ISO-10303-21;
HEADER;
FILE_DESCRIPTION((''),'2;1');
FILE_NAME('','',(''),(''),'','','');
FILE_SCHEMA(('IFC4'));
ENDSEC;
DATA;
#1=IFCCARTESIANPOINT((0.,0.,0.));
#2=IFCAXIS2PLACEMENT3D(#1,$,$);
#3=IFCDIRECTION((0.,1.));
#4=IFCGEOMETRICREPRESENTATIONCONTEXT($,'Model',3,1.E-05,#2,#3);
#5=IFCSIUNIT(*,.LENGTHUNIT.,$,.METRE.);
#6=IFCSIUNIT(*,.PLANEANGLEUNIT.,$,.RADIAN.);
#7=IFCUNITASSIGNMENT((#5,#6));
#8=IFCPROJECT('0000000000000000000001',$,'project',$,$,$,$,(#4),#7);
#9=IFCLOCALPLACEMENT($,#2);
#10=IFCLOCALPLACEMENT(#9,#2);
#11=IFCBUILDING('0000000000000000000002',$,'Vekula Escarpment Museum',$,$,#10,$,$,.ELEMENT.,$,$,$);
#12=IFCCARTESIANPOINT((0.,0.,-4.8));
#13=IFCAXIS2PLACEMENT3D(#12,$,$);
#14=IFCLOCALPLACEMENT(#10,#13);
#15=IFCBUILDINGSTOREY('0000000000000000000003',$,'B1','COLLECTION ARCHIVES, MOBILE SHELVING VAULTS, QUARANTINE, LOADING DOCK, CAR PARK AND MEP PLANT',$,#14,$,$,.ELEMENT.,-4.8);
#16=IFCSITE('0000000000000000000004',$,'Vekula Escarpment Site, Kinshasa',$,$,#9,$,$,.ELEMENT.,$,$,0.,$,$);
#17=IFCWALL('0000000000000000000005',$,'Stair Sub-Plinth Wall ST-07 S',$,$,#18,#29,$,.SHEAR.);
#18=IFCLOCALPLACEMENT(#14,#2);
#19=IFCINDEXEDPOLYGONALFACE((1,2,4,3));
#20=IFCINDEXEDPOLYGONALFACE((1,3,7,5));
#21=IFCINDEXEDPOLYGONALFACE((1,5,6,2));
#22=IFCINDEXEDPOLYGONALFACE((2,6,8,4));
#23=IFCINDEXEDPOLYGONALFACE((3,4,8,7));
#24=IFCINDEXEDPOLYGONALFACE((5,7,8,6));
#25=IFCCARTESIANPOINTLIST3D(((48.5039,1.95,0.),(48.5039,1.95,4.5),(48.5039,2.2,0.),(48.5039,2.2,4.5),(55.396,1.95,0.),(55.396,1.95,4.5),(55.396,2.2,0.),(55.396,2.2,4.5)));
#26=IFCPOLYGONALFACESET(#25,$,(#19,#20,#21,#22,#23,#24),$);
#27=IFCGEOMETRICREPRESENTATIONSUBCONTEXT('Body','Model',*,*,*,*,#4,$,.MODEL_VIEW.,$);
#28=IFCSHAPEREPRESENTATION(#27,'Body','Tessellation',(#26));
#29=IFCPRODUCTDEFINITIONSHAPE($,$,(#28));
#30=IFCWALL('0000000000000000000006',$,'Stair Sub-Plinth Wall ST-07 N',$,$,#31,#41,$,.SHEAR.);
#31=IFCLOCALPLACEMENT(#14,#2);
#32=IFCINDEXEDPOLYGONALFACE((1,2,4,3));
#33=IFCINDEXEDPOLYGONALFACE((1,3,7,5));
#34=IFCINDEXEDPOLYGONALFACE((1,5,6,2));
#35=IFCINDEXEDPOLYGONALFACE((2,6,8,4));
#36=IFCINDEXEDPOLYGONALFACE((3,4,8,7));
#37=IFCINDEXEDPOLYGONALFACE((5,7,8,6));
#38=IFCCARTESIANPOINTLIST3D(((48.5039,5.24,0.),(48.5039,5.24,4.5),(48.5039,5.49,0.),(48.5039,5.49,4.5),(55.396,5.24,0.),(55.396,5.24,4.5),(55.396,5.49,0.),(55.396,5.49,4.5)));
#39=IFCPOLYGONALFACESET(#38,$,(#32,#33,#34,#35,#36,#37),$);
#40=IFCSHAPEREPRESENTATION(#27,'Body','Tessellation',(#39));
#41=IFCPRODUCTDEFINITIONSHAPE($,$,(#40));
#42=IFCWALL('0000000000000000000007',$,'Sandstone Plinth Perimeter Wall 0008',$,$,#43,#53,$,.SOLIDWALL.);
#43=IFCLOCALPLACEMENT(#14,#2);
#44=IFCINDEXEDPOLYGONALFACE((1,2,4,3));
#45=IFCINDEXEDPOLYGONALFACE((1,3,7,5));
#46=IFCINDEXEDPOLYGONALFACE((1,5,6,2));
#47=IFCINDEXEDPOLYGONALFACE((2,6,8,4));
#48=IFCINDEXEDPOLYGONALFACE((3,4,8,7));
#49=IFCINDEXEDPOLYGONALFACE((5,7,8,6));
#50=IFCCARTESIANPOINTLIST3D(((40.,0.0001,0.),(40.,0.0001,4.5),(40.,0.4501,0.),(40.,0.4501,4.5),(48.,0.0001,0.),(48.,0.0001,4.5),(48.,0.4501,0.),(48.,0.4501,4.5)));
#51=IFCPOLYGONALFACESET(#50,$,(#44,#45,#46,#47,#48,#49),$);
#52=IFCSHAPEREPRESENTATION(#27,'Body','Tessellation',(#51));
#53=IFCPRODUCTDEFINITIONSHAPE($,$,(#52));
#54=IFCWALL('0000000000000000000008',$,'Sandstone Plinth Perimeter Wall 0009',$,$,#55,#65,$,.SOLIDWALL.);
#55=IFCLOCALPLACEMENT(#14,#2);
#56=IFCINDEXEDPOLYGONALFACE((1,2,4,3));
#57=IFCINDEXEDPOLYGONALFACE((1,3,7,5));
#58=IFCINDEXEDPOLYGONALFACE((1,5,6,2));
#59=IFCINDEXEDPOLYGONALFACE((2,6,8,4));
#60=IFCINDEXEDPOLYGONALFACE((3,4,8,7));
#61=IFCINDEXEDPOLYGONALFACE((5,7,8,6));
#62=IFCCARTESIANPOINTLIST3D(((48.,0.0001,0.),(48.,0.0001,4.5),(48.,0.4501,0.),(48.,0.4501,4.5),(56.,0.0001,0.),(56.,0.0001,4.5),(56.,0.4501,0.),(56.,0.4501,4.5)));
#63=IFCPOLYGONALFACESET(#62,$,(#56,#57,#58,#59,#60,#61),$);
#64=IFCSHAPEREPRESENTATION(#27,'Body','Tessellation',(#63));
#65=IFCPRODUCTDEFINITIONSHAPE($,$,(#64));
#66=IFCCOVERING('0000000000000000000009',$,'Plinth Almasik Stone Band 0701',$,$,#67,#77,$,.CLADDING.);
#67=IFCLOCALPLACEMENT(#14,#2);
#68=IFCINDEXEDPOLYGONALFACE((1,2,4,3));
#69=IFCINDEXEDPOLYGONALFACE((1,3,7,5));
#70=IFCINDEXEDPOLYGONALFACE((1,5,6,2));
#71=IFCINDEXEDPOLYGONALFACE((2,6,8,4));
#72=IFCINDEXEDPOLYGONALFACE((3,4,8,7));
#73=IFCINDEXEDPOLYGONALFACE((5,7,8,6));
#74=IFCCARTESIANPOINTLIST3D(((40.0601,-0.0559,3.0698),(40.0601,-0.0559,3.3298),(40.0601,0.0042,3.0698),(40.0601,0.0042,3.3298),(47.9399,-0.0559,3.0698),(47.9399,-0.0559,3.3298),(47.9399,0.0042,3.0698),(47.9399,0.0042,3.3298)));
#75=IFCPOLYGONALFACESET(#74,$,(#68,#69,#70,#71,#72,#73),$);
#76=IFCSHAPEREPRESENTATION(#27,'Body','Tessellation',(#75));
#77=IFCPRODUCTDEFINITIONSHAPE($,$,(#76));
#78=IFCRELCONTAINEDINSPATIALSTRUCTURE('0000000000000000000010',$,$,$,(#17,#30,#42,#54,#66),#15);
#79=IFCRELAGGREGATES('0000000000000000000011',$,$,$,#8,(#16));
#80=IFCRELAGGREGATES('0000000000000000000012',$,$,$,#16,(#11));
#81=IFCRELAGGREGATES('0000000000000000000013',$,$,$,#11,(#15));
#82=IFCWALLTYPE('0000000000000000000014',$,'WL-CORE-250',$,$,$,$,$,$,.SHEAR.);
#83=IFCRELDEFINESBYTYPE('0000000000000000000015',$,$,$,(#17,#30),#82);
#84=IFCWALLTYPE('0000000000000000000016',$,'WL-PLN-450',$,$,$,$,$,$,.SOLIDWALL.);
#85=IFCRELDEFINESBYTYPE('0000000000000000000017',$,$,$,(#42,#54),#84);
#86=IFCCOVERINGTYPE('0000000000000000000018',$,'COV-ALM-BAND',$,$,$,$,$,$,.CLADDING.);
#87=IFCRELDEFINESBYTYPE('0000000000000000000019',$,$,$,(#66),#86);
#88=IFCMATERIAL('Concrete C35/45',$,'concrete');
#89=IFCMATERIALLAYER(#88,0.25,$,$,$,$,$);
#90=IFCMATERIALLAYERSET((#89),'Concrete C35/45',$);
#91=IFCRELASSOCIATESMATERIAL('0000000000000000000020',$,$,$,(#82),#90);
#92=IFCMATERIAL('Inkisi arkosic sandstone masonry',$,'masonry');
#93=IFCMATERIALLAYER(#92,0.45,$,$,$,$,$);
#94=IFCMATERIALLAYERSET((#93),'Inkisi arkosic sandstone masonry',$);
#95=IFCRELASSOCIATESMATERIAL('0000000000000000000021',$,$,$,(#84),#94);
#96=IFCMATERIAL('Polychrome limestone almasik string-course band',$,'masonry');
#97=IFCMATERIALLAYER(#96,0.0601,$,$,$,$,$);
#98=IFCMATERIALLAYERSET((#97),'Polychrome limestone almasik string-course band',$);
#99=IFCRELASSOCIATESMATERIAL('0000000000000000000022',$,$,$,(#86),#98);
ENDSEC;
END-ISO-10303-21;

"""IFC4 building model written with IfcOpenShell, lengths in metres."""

from ifc_helpers import new_model, si_unit, direction, frame, frame_2d, origin, origin_2d, place, context, subcontext, project, spatial, rectangle, extrude, material, layer, layer_set, type_object, element, save


model = new_model("IFC4")

# Units and contexts
model_context = context("Model", 3, precision=1e-05, world=origin(), true_north=direction((0.0, 1.0)))
body_context = subcontext(model_context, "Body", "Model", "MODEL_VIEW")
ifc_project = project(units=[si_unit("LENGTHUNIT", "METRE"), si_unit("PLANEANGLEUNIT", "RADIAN")], contexts=[model_context])

# Site, building, storey
site_placement = place(None, origin())
site = spatial("IfcSite", under=ifc_project, at=site_placement, Name="Vekula Escarpment Site, Kinshasa", CompositionType="ELEMENT", RefElevation=0.0)
building_placement = place(site_placement, origin())
building = spatial("IfcBuilding", under=site, at=building_placement, Name="Vekula Escarpment Museum", CompositionType="ELEMENT")
storey_placement = place(building_placement, frame((0.0, 0.0, -4.8)))
storey = spatial("IfcBuildingStorey", under=building, at=storey_placement, Name="B1", Description="COLLECTION ARCHIVES, MOBILE SHELVING VAULTS, QUARANTINE, LOADING DOCK, CAR PARK AND MEP PLANT", CompositionType="ELEMENT", Elevation=-4.8)

# Walls
ifc_material_1 = material(Name="Concrete C35/45", Category="concrete")
ifc_layer_1 = layer(ifc_material_1, 0.25)
ifc_layer_set_1 = layer_set([ifc_layer_1], Name="Concrete C35/45")
wall_type_1 = type_object("IfcWallType", Name="WL-CORE-250", PredefinedType="SHEAR", material=ifc_layer_set_1)
for number, where, z_axis, x_axis, name in (
    (1, (48.5039, 2.075, 0.0), (0.0, 0.0, 1.0), (1.0, 0.0, 0.0), "Stair Sub-Plinth Wall ST-07 S"),
    (2, (48.5039, 5.365, 0.0), (0.0, 0.0, 1.0), (1.0, 0.0, 0.0), "Stair Sub-Plinth Wall ST-07 N"),
):
    element("IfcWall", number, at=place(storey_placement, frame(where, z_axis=z_axis, x_axis=x_axis)), inside=storey, type_object=wall_type_1, Name=name, PredefinedType="SHEAR", context=body_context, shape_type="SweptSolid", body=[
        extrude(rectangle(XDim=6.8921, YDim=0.25, at=frame_2d((3.446, 0.0))), origin(), (0.0, 0.0, 1.0), 4.5),
    ])
ifc_material_2 = material(Name="Inkisi arkosic sandstone masonry", Category="masonry")
ifc_layer_2 = layer(ifc_material_2, 0.45)
ifc_layer_set_2 = layer_set([ifc_layer_2], Name="Inkisi arkosic sandstone masonry")
wall_type_2 = type_object("IfcWallType", Name="WL-PLN-450", PredefinedType="SOLIDWALL", material=ifc_layer_set_2)
for number, where, z_axis, x_axis, name in (
    (3, (40.0, 0.2251, 0.0), (0.0, 0.0, 1.0), (1.0, 0.0, 0.0), "Sandstone Plinth Perimeter Wall 0008"),
    (4, (48.0, 0.2251, 0.0), (0.0, 0.0, 1.0), (1.0, 0.0, 0.0), "Sandstone Plinth Perimeter Wall 0009"),
):
    element("IfcWall", number, at=place(storey_placement, frame(where, z_axis=z_axis, x_axis=x_axis)), inside=storey, type_object=wall_type_2, Name=name, PredefinedType="SOLIDWALL", context=body_context, shape_type="SweptSolid", body=[
        extrude(rectangle(XDim=8.0, YDim=0.45, at=frame_2d((4.0, 0.0))), origin(), (0.0, 0.0, 1.0), 4.5),
    ])

# Covering
ifc_material_3 = material(Name="Polychrome limestone almasik string-course band", Category="masonry")
ifc_layer_3 = layer(ifc_material_3, 0.0601)
ifc_layer_set_3 = layer_set([ifc_layer_3], Name="Polychrome limestone almasik string-course band")
covering_type = type_object("IfcCoveringType", Name="COV-ALM-BAND", PredefinedType="CLADDING", material=ifc_layer_set_3)
covering_placement = place(storey_placement, frame((44.0, -0.0259, 3.0698), z_axis=(0.0, 0.0, 1.0), x_axis=(1.0, 0.0, 0.0)))
element("IfcCovering", 5, at=covering_placement, inside=storey, type_object=covering_type, Name="Plinth Almasik Stone Band 0701", PredefinedType="CLADDING", context=body_context, shape_type="SweptSolid", body=[
    extrude(rectangle(XDim=7.8799, YDim=0.0601, at=origin_2d()), origin(), (0.0, 0.0, 1.0), 0.26),
])

save(model, "model.ifc")
